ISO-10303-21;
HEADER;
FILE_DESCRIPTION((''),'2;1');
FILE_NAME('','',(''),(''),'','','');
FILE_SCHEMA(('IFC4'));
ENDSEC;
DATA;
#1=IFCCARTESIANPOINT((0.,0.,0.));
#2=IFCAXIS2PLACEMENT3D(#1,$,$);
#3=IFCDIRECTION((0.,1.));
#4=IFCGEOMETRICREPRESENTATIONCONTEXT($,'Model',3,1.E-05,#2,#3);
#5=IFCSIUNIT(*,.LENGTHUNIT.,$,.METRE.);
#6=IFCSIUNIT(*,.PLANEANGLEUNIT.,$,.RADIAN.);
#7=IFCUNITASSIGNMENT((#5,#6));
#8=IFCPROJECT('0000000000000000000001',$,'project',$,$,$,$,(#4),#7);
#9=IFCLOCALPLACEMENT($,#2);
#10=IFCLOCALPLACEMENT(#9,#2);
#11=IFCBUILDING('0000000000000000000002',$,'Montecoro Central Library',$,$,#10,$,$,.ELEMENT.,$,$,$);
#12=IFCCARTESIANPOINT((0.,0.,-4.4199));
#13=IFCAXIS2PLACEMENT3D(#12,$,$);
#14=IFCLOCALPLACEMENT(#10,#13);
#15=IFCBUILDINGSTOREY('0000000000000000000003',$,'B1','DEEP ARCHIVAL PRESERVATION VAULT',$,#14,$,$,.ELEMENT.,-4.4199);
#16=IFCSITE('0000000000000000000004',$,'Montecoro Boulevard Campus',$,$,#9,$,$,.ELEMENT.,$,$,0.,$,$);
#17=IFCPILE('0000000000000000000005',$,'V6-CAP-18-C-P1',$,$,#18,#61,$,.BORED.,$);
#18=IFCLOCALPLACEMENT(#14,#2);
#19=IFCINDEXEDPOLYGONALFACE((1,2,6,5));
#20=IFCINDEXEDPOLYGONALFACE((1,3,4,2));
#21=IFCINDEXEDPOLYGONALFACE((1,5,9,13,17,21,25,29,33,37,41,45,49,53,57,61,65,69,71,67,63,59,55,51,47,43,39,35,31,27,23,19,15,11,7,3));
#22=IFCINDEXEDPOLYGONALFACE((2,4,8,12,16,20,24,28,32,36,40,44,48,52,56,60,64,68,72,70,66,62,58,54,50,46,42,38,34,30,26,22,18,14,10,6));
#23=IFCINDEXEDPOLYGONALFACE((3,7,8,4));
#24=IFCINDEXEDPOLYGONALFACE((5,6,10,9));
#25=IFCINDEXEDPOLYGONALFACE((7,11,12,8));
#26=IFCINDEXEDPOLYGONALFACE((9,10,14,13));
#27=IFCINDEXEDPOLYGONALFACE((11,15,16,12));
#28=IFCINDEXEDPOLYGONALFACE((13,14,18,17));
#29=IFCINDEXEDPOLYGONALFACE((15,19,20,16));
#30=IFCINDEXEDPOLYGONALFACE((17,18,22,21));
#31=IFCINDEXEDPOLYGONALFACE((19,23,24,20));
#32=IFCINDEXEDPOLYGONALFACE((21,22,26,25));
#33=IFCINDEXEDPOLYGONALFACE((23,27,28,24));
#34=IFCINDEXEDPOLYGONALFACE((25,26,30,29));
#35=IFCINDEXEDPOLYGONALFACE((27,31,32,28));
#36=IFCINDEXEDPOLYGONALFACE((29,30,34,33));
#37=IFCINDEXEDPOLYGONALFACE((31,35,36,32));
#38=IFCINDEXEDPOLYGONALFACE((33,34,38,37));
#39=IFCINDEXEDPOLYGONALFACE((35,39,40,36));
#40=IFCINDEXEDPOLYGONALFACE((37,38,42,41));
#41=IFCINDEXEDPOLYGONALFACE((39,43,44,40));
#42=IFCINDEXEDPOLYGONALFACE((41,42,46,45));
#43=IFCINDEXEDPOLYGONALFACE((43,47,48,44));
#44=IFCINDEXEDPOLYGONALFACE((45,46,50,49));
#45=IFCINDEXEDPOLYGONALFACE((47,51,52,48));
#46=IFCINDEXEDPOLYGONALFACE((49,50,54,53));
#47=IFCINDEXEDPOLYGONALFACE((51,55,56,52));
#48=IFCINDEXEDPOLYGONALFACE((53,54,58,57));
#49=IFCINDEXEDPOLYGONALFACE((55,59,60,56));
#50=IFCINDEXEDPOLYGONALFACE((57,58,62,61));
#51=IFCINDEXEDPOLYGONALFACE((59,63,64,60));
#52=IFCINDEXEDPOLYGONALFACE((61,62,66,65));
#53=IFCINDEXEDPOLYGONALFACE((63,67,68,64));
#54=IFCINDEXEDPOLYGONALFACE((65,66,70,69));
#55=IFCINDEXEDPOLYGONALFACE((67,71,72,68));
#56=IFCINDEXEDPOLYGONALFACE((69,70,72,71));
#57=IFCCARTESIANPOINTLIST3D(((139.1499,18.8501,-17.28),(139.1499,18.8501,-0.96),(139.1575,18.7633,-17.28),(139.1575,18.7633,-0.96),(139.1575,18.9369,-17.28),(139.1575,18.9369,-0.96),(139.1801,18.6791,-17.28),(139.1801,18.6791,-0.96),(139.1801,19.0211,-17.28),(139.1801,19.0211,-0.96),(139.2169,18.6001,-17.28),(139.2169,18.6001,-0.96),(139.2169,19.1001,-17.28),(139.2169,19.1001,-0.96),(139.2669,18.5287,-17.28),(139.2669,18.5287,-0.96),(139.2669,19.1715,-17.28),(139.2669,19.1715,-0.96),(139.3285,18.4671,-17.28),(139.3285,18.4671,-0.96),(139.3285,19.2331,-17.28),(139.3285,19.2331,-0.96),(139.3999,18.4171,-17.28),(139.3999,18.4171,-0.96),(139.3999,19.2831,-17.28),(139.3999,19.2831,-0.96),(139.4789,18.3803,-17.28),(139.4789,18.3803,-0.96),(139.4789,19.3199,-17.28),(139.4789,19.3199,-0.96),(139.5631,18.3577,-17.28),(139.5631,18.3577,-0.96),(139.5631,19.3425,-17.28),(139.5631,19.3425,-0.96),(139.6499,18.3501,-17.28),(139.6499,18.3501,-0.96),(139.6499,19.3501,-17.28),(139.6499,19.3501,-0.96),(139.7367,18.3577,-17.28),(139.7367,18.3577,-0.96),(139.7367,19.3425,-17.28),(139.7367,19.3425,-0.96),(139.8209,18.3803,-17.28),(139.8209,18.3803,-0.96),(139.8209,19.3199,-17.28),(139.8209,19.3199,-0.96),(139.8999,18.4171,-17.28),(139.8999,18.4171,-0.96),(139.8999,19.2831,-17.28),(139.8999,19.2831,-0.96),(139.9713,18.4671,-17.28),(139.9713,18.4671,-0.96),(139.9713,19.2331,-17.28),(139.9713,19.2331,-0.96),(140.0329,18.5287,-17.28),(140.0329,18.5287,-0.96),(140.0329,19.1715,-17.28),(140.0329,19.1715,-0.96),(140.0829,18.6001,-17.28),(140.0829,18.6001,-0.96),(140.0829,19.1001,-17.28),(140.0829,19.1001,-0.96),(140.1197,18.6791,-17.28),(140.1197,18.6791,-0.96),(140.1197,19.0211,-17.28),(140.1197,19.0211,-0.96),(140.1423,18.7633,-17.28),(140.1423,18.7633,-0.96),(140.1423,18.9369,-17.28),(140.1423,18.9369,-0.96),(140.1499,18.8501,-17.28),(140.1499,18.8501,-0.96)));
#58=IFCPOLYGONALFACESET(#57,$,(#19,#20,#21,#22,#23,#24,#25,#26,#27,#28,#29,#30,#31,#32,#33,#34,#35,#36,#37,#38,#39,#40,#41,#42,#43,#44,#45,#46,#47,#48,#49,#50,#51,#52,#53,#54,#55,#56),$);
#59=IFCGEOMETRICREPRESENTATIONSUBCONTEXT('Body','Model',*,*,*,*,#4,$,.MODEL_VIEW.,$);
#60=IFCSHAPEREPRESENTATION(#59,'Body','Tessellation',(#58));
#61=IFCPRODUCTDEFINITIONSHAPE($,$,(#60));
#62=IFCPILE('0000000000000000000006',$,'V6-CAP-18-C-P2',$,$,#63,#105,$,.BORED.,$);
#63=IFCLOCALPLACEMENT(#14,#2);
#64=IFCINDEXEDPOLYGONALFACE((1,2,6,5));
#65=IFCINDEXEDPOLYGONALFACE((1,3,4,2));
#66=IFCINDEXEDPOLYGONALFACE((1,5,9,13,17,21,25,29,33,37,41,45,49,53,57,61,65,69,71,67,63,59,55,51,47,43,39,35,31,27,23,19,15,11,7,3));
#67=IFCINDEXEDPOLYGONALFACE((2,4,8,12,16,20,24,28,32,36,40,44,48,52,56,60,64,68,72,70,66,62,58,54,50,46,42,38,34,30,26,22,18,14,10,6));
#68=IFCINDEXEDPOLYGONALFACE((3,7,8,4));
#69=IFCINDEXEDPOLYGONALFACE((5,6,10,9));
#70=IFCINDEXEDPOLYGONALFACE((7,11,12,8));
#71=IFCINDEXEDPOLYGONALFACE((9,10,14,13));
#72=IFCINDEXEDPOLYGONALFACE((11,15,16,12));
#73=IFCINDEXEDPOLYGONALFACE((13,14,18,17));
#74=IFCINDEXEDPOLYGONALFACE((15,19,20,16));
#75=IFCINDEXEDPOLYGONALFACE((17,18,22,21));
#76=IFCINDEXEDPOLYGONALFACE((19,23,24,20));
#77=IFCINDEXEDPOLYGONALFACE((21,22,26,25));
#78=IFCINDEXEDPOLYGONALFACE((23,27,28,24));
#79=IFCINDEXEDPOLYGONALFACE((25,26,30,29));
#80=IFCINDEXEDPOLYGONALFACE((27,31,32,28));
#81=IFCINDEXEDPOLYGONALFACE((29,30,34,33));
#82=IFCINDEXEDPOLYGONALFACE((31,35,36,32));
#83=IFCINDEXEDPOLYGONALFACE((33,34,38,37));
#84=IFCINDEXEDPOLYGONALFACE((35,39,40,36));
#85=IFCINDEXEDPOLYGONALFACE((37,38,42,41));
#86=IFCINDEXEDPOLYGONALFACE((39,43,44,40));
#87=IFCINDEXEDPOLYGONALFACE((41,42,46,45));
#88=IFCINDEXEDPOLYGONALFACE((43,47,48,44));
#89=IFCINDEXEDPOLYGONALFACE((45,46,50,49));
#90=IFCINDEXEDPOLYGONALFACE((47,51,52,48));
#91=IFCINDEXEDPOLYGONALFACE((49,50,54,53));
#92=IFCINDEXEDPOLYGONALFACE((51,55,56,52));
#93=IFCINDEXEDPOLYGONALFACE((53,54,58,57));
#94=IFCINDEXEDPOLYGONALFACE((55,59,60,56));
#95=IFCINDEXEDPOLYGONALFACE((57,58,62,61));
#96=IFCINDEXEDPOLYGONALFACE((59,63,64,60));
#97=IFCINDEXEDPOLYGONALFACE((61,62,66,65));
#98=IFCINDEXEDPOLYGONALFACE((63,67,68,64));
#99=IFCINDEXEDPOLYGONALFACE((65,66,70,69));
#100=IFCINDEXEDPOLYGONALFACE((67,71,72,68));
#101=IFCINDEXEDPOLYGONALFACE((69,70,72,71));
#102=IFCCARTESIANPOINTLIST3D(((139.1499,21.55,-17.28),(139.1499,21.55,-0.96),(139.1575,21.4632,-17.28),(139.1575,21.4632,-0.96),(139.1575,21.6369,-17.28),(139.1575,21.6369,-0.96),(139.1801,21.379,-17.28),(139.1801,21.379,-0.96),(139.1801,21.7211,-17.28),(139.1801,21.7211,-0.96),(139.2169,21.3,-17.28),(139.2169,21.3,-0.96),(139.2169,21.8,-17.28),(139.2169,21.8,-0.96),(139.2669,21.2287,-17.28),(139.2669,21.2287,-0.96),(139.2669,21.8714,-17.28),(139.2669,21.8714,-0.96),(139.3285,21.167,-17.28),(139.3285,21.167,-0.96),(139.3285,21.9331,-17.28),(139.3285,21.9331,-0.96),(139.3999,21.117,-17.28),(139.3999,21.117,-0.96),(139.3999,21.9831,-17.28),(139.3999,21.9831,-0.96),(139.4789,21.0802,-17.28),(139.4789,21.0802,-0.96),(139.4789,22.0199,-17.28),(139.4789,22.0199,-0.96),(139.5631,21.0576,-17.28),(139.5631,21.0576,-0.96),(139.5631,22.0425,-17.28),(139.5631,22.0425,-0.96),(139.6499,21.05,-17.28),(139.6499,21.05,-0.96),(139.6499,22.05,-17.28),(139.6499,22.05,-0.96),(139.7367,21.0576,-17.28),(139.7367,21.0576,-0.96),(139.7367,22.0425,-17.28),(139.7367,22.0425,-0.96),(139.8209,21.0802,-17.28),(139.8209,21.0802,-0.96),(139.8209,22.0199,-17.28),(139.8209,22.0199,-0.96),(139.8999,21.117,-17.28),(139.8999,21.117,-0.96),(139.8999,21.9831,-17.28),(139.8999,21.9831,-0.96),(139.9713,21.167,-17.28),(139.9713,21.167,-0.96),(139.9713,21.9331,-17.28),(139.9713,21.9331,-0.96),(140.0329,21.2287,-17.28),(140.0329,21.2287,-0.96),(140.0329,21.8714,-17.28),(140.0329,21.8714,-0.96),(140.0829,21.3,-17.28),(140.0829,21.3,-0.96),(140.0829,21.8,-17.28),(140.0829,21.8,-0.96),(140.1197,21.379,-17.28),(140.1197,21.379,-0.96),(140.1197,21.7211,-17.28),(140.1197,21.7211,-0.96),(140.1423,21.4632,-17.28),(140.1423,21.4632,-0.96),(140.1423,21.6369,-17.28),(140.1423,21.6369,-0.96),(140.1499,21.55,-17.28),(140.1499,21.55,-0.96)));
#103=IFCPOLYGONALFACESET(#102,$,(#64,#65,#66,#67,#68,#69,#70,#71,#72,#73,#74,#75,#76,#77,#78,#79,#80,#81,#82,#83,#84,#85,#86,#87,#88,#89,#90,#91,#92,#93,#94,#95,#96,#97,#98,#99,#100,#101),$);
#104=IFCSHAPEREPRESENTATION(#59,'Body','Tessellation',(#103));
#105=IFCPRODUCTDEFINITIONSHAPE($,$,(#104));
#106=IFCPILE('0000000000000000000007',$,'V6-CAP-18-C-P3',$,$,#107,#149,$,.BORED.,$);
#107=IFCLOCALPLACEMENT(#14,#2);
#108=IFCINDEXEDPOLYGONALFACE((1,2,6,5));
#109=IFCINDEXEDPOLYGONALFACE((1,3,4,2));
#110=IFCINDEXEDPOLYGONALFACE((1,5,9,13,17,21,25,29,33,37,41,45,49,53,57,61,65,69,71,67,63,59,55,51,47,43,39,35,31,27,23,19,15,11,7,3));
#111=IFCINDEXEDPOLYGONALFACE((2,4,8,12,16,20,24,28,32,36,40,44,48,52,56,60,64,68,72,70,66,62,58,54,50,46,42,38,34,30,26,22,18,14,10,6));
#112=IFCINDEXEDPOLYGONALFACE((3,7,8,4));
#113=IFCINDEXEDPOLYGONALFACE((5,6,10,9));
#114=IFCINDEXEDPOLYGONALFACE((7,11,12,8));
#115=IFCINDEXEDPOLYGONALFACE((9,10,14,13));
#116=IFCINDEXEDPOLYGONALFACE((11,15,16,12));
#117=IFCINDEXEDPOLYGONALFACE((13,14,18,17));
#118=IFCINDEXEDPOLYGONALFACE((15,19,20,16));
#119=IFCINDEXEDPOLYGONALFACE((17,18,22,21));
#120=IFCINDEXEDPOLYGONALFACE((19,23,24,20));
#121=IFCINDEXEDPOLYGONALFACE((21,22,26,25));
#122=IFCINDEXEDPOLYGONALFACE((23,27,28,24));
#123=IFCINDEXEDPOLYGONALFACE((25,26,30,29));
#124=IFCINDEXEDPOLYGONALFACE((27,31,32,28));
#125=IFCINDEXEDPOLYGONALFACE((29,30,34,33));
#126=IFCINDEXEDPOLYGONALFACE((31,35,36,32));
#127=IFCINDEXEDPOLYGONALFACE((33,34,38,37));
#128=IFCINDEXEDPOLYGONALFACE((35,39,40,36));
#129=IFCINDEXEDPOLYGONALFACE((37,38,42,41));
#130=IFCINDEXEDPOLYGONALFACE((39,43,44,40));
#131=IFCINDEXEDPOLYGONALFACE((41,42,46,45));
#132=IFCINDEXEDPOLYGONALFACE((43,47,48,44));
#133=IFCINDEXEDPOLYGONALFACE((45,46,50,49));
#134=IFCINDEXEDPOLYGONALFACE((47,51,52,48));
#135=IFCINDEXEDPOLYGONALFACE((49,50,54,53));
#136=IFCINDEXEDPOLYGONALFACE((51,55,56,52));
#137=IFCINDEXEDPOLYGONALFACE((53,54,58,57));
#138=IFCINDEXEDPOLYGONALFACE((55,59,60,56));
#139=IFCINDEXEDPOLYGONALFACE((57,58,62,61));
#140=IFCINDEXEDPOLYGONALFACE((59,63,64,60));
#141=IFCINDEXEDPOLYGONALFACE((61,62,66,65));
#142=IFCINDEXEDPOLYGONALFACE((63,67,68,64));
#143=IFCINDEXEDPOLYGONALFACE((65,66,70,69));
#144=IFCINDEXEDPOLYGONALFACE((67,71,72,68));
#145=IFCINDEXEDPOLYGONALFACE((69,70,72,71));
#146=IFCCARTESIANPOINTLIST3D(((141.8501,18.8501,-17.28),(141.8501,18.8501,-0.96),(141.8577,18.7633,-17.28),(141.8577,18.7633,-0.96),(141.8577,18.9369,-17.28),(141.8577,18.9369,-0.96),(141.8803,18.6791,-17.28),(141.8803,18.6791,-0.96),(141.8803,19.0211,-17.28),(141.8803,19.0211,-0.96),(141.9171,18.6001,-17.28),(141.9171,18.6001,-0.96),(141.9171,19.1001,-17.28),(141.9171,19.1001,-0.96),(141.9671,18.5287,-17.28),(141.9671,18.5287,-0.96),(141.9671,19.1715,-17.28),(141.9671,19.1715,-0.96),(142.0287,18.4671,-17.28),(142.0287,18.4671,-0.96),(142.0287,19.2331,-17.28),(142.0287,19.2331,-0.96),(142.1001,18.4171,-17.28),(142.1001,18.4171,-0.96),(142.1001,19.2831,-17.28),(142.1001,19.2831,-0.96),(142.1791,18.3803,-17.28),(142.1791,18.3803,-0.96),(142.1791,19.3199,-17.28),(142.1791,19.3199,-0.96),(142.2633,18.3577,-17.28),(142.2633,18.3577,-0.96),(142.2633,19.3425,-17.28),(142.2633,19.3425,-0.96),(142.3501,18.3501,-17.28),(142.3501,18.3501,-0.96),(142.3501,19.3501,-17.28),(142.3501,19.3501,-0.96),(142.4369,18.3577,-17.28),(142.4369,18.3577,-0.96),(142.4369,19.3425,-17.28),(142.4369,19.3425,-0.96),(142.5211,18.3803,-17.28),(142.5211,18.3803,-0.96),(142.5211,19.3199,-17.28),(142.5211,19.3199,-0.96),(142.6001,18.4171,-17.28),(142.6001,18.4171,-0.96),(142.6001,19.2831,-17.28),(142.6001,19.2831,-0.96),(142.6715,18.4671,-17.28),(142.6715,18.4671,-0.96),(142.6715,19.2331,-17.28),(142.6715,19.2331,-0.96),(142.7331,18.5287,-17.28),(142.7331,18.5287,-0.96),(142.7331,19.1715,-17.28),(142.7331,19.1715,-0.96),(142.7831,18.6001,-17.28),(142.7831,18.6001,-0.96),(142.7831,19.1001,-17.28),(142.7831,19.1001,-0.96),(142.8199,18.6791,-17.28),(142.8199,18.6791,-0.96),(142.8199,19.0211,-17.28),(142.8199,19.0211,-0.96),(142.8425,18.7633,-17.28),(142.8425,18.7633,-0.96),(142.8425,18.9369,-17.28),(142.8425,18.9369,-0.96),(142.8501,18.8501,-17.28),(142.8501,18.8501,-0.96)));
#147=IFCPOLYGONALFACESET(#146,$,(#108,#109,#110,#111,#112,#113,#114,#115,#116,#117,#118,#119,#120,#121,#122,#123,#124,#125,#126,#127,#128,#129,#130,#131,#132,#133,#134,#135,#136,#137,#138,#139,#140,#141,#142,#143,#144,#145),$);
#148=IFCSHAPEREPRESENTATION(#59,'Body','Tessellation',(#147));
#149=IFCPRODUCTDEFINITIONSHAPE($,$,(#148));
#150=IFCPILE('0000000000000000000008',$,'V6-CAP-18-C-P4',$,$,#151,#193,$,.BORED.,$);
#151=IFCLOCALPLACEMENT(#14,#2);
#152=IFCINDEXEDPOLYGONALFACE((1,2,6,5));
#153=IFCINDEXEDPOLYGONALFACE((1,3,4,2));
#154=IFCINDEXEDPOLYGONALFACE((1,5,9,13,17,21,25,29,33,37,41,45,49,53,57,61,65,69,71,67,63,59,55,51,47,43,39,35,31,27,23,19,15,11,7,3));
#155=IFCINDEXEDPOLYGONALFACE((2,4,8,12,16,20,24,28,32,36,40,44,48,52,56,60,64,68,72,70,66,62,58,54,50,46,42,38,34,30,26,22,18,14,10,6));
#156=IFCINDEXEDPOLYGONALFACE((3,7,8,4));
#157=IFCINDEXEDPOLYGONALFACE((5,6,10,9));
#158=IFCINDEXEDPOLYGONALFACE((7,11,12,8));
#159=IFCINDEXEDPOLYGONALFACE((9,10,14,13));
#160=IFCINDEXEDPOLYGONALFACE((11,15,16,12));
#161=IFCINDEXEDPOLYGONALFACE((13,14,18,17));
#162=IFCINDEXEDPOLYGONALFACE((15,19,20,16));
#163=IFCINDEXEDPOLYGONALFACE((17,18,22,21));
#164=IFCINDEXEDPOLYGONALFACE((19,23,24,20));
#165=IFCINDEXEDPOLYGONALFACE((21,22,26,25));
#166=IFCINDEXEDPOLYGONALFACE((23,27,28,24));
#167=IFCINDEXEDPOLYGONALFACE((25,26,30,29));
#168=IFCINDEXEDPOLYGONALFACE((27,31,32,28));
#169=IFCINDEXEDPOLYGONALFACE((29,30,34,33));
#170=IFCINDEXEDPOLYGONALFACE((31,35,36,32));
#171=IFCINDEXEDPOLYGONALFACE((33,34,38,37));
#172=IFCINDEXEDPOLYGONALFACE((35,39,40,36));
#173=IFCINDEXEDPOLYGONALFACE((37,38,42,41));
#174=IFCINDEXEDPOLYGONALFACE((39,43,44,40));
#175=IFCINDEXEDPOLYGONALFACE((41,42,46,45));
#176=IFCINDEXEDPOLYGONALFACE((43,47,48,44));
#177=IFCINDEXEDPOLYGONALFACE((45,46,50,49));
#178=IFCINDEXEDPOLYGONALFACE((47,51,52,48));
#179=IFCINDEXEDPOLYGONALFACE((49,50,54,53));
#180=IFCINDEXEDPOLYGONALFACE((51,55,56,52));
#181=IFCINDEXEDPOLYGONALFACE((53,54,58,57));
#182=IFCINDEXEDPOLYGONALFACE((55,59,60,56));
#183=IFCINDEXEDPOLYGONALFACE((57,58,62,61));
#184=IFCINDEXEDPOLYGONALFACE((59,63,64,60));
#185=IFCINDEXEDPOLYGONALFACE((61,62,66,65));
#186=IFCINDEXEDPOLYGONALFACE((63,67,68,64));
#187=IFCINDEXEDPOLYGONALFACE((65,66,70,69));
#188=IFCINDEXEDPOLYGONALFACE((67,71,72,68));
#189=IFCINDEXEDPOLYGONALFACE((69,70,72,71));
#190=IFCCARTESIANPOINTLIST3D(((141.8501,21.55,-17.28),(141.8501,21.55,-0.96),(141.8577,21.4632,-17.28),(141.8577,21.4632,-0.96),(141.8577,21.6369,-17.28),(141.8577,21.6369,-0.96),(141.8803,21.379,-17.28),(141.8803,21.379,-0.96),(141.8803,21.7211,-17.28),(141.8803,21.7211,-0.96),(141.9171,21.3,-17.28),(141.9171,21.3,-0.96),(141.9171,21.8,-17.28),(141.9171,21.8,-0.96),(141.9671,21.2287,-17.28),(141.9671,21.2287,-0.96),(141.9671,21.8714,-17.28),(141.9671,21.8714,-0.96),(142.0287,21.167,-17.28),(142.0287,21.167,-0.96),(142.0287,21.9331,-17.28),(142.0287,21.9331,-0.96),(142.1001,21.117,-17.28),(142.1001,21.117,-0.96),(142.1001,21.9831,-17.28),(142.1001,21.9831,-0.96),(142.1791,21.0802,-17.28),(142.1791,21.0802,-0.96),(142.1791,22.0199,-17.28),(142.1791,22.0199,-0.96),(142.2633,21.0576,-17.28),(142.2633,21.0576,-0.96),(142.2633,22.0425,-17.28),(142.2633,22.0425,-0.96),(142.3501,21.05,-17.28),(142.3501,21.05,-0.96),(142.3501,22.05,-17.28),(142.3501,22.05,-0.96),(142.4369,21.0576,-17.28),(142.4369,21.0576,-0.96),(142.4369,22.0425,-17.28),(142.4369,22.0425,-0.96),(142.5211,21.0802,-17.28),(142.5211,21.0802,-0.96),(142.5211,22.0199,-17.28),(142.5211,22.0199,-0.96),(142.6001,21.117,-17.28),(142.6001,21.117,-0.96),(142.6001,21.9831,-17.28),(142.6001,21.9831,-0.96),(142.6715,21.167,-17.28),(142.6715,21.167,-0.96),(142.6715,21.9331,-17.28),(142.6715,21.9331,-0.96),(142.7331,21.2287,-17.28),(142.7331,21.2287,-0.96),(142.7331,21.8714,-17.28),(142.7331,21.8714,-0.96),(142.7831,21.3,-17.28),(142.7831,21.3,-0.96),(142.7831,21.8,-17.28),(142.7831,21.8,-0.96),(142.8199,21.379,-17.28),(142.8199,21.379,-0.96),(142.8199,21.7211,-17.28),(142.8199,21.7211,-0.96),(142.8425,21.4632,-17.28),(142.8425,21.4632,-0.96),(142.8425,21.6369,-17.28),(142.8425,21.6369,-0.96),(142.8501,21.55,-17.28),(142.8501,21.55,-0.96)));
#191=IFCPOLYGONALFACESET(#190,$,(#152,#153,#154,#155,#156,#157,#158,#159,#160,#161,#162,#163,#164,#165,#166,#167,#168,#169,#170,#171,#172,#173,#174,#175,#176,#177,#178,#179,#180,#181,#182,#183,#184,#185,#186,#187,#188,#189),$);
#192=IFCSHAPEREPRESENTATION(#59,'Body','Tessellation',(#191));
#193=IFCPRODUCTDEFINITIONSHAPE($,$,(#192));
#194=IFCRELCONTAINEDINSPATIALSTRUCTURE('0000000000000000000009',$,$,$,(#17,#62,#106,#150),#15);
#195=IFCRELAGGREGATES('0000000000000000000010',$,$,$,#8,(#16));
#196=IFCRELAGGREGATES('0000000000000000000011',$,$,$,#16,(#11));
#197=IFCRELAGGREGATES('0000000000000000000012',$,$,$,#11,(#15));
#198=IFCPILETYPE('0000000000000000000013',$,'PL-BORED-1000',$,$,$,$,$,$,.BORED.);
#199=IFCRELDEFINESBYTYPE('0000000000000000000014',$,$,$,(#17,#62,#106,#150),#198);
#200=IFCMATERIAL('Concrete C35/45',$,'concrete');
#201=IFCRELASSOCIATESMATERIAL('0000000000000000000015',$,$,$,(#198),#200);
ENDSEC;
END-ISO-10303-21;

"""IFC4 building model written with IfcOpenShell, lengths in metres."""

from ifc_helpers import new_model, si_unit, direction, frame, origin, origin_2d, place, context, subcontext, project, spatial, circle, extrude, material, material_profile, profile_set, type_object, element, save


model = new_model("IFC4")

# Units and contexts
model_context = context("Model", 3, precision=1e-05, world=origin(), true_north=direction((0.0, 1.0)))
body_context = subcontext(model_context, "Body", "Model", "MODEL_VIEW")
ifc_project = project(units=[si_unit("LENGTHUNIT", "METRE"), si_unit("PLANEANGLEUNIT", "RADIAN")], contexts=[model_context])

# Site, building, storey
site_placement = place(None, origin())
site = spatial("IfcSite", under=ifc_project, at=site_placement, Name="Montecoro Boulevard Campus", CompositionType="ELEMENT", RefElevation=0.0)
building_placement = place(site_placement, origin())
building = spatial("IfcBuilding", under=site, at=building_placement, Name="Montecoro Central Library", CompositionType="ELEMENT")
storey_placement = place(building_placement, frame((0.0, 0.0, -4.4199)))
storey = spatial("IfcBuildingStorey", under=building, at=storey_placement, Name="B1", Description="DEEP ARCHIVAL PRESERVATION VAULT", CompositionType="ELEMENT", Elevation=-4.4199)

# Shared definitions
ifc_material_1 = material(Name="Concrete C35/45", Category="concrete")

# Piles
ifc_material_profile_1 = material_profile(ifc_material_1, circle(Radius=0.5, at=origin_2d()), Name="PILE D1000")
ifc_profile_set_1 = profile_set([ifc_material_profile_1], Name="Concrete C35/45")
pile_type_1 = type_object("IfcPileType", Name="PL-BORED-1000", PredefinedType="BORED", material=ifc_profile_set_1)
for number, where, z_axis, x_axis, name in (
    (1, (139.6499, 18.8501, -0.96), (0.0, 0.0, -1.0), (1.0, 0.0, 0.0), "V6-CAP-18-C-P1"),
    (2, (139.6499, 21.55, -0.96), (0.0, 0.0, -1.0), (1.0, 0.0, 0.0), "V6-CAP-18-C-P2"),
    (3, (142.3501, 18.8501, -0.96), (0.0, 0.0, -1.0), (1.0, 0.0, 0.0), "V6-CAP-18-C-P3"),
    (4, (142.3501, 21.55, -0.96), (0.0, 0.0, -1.0), (1.0, 0.0, 0.0), "V6-CAP-18-C-P4"),
):
    element("IfcPile", number, at=place(storey_placement, frame(where, z_axis=z_axis, x_axis=x_axis)), inside=storey, type_object=pile_type_1, Name=name, PredefinedType="BORED", context=body_context, shape_type="SweptSolid", body=[
        extrude(circle(Radius=0.5, at=origin_2d()), origin(), (0.0, 0.0, 1.0), 16.3201),
    ])

save(model, "model.ifc")
